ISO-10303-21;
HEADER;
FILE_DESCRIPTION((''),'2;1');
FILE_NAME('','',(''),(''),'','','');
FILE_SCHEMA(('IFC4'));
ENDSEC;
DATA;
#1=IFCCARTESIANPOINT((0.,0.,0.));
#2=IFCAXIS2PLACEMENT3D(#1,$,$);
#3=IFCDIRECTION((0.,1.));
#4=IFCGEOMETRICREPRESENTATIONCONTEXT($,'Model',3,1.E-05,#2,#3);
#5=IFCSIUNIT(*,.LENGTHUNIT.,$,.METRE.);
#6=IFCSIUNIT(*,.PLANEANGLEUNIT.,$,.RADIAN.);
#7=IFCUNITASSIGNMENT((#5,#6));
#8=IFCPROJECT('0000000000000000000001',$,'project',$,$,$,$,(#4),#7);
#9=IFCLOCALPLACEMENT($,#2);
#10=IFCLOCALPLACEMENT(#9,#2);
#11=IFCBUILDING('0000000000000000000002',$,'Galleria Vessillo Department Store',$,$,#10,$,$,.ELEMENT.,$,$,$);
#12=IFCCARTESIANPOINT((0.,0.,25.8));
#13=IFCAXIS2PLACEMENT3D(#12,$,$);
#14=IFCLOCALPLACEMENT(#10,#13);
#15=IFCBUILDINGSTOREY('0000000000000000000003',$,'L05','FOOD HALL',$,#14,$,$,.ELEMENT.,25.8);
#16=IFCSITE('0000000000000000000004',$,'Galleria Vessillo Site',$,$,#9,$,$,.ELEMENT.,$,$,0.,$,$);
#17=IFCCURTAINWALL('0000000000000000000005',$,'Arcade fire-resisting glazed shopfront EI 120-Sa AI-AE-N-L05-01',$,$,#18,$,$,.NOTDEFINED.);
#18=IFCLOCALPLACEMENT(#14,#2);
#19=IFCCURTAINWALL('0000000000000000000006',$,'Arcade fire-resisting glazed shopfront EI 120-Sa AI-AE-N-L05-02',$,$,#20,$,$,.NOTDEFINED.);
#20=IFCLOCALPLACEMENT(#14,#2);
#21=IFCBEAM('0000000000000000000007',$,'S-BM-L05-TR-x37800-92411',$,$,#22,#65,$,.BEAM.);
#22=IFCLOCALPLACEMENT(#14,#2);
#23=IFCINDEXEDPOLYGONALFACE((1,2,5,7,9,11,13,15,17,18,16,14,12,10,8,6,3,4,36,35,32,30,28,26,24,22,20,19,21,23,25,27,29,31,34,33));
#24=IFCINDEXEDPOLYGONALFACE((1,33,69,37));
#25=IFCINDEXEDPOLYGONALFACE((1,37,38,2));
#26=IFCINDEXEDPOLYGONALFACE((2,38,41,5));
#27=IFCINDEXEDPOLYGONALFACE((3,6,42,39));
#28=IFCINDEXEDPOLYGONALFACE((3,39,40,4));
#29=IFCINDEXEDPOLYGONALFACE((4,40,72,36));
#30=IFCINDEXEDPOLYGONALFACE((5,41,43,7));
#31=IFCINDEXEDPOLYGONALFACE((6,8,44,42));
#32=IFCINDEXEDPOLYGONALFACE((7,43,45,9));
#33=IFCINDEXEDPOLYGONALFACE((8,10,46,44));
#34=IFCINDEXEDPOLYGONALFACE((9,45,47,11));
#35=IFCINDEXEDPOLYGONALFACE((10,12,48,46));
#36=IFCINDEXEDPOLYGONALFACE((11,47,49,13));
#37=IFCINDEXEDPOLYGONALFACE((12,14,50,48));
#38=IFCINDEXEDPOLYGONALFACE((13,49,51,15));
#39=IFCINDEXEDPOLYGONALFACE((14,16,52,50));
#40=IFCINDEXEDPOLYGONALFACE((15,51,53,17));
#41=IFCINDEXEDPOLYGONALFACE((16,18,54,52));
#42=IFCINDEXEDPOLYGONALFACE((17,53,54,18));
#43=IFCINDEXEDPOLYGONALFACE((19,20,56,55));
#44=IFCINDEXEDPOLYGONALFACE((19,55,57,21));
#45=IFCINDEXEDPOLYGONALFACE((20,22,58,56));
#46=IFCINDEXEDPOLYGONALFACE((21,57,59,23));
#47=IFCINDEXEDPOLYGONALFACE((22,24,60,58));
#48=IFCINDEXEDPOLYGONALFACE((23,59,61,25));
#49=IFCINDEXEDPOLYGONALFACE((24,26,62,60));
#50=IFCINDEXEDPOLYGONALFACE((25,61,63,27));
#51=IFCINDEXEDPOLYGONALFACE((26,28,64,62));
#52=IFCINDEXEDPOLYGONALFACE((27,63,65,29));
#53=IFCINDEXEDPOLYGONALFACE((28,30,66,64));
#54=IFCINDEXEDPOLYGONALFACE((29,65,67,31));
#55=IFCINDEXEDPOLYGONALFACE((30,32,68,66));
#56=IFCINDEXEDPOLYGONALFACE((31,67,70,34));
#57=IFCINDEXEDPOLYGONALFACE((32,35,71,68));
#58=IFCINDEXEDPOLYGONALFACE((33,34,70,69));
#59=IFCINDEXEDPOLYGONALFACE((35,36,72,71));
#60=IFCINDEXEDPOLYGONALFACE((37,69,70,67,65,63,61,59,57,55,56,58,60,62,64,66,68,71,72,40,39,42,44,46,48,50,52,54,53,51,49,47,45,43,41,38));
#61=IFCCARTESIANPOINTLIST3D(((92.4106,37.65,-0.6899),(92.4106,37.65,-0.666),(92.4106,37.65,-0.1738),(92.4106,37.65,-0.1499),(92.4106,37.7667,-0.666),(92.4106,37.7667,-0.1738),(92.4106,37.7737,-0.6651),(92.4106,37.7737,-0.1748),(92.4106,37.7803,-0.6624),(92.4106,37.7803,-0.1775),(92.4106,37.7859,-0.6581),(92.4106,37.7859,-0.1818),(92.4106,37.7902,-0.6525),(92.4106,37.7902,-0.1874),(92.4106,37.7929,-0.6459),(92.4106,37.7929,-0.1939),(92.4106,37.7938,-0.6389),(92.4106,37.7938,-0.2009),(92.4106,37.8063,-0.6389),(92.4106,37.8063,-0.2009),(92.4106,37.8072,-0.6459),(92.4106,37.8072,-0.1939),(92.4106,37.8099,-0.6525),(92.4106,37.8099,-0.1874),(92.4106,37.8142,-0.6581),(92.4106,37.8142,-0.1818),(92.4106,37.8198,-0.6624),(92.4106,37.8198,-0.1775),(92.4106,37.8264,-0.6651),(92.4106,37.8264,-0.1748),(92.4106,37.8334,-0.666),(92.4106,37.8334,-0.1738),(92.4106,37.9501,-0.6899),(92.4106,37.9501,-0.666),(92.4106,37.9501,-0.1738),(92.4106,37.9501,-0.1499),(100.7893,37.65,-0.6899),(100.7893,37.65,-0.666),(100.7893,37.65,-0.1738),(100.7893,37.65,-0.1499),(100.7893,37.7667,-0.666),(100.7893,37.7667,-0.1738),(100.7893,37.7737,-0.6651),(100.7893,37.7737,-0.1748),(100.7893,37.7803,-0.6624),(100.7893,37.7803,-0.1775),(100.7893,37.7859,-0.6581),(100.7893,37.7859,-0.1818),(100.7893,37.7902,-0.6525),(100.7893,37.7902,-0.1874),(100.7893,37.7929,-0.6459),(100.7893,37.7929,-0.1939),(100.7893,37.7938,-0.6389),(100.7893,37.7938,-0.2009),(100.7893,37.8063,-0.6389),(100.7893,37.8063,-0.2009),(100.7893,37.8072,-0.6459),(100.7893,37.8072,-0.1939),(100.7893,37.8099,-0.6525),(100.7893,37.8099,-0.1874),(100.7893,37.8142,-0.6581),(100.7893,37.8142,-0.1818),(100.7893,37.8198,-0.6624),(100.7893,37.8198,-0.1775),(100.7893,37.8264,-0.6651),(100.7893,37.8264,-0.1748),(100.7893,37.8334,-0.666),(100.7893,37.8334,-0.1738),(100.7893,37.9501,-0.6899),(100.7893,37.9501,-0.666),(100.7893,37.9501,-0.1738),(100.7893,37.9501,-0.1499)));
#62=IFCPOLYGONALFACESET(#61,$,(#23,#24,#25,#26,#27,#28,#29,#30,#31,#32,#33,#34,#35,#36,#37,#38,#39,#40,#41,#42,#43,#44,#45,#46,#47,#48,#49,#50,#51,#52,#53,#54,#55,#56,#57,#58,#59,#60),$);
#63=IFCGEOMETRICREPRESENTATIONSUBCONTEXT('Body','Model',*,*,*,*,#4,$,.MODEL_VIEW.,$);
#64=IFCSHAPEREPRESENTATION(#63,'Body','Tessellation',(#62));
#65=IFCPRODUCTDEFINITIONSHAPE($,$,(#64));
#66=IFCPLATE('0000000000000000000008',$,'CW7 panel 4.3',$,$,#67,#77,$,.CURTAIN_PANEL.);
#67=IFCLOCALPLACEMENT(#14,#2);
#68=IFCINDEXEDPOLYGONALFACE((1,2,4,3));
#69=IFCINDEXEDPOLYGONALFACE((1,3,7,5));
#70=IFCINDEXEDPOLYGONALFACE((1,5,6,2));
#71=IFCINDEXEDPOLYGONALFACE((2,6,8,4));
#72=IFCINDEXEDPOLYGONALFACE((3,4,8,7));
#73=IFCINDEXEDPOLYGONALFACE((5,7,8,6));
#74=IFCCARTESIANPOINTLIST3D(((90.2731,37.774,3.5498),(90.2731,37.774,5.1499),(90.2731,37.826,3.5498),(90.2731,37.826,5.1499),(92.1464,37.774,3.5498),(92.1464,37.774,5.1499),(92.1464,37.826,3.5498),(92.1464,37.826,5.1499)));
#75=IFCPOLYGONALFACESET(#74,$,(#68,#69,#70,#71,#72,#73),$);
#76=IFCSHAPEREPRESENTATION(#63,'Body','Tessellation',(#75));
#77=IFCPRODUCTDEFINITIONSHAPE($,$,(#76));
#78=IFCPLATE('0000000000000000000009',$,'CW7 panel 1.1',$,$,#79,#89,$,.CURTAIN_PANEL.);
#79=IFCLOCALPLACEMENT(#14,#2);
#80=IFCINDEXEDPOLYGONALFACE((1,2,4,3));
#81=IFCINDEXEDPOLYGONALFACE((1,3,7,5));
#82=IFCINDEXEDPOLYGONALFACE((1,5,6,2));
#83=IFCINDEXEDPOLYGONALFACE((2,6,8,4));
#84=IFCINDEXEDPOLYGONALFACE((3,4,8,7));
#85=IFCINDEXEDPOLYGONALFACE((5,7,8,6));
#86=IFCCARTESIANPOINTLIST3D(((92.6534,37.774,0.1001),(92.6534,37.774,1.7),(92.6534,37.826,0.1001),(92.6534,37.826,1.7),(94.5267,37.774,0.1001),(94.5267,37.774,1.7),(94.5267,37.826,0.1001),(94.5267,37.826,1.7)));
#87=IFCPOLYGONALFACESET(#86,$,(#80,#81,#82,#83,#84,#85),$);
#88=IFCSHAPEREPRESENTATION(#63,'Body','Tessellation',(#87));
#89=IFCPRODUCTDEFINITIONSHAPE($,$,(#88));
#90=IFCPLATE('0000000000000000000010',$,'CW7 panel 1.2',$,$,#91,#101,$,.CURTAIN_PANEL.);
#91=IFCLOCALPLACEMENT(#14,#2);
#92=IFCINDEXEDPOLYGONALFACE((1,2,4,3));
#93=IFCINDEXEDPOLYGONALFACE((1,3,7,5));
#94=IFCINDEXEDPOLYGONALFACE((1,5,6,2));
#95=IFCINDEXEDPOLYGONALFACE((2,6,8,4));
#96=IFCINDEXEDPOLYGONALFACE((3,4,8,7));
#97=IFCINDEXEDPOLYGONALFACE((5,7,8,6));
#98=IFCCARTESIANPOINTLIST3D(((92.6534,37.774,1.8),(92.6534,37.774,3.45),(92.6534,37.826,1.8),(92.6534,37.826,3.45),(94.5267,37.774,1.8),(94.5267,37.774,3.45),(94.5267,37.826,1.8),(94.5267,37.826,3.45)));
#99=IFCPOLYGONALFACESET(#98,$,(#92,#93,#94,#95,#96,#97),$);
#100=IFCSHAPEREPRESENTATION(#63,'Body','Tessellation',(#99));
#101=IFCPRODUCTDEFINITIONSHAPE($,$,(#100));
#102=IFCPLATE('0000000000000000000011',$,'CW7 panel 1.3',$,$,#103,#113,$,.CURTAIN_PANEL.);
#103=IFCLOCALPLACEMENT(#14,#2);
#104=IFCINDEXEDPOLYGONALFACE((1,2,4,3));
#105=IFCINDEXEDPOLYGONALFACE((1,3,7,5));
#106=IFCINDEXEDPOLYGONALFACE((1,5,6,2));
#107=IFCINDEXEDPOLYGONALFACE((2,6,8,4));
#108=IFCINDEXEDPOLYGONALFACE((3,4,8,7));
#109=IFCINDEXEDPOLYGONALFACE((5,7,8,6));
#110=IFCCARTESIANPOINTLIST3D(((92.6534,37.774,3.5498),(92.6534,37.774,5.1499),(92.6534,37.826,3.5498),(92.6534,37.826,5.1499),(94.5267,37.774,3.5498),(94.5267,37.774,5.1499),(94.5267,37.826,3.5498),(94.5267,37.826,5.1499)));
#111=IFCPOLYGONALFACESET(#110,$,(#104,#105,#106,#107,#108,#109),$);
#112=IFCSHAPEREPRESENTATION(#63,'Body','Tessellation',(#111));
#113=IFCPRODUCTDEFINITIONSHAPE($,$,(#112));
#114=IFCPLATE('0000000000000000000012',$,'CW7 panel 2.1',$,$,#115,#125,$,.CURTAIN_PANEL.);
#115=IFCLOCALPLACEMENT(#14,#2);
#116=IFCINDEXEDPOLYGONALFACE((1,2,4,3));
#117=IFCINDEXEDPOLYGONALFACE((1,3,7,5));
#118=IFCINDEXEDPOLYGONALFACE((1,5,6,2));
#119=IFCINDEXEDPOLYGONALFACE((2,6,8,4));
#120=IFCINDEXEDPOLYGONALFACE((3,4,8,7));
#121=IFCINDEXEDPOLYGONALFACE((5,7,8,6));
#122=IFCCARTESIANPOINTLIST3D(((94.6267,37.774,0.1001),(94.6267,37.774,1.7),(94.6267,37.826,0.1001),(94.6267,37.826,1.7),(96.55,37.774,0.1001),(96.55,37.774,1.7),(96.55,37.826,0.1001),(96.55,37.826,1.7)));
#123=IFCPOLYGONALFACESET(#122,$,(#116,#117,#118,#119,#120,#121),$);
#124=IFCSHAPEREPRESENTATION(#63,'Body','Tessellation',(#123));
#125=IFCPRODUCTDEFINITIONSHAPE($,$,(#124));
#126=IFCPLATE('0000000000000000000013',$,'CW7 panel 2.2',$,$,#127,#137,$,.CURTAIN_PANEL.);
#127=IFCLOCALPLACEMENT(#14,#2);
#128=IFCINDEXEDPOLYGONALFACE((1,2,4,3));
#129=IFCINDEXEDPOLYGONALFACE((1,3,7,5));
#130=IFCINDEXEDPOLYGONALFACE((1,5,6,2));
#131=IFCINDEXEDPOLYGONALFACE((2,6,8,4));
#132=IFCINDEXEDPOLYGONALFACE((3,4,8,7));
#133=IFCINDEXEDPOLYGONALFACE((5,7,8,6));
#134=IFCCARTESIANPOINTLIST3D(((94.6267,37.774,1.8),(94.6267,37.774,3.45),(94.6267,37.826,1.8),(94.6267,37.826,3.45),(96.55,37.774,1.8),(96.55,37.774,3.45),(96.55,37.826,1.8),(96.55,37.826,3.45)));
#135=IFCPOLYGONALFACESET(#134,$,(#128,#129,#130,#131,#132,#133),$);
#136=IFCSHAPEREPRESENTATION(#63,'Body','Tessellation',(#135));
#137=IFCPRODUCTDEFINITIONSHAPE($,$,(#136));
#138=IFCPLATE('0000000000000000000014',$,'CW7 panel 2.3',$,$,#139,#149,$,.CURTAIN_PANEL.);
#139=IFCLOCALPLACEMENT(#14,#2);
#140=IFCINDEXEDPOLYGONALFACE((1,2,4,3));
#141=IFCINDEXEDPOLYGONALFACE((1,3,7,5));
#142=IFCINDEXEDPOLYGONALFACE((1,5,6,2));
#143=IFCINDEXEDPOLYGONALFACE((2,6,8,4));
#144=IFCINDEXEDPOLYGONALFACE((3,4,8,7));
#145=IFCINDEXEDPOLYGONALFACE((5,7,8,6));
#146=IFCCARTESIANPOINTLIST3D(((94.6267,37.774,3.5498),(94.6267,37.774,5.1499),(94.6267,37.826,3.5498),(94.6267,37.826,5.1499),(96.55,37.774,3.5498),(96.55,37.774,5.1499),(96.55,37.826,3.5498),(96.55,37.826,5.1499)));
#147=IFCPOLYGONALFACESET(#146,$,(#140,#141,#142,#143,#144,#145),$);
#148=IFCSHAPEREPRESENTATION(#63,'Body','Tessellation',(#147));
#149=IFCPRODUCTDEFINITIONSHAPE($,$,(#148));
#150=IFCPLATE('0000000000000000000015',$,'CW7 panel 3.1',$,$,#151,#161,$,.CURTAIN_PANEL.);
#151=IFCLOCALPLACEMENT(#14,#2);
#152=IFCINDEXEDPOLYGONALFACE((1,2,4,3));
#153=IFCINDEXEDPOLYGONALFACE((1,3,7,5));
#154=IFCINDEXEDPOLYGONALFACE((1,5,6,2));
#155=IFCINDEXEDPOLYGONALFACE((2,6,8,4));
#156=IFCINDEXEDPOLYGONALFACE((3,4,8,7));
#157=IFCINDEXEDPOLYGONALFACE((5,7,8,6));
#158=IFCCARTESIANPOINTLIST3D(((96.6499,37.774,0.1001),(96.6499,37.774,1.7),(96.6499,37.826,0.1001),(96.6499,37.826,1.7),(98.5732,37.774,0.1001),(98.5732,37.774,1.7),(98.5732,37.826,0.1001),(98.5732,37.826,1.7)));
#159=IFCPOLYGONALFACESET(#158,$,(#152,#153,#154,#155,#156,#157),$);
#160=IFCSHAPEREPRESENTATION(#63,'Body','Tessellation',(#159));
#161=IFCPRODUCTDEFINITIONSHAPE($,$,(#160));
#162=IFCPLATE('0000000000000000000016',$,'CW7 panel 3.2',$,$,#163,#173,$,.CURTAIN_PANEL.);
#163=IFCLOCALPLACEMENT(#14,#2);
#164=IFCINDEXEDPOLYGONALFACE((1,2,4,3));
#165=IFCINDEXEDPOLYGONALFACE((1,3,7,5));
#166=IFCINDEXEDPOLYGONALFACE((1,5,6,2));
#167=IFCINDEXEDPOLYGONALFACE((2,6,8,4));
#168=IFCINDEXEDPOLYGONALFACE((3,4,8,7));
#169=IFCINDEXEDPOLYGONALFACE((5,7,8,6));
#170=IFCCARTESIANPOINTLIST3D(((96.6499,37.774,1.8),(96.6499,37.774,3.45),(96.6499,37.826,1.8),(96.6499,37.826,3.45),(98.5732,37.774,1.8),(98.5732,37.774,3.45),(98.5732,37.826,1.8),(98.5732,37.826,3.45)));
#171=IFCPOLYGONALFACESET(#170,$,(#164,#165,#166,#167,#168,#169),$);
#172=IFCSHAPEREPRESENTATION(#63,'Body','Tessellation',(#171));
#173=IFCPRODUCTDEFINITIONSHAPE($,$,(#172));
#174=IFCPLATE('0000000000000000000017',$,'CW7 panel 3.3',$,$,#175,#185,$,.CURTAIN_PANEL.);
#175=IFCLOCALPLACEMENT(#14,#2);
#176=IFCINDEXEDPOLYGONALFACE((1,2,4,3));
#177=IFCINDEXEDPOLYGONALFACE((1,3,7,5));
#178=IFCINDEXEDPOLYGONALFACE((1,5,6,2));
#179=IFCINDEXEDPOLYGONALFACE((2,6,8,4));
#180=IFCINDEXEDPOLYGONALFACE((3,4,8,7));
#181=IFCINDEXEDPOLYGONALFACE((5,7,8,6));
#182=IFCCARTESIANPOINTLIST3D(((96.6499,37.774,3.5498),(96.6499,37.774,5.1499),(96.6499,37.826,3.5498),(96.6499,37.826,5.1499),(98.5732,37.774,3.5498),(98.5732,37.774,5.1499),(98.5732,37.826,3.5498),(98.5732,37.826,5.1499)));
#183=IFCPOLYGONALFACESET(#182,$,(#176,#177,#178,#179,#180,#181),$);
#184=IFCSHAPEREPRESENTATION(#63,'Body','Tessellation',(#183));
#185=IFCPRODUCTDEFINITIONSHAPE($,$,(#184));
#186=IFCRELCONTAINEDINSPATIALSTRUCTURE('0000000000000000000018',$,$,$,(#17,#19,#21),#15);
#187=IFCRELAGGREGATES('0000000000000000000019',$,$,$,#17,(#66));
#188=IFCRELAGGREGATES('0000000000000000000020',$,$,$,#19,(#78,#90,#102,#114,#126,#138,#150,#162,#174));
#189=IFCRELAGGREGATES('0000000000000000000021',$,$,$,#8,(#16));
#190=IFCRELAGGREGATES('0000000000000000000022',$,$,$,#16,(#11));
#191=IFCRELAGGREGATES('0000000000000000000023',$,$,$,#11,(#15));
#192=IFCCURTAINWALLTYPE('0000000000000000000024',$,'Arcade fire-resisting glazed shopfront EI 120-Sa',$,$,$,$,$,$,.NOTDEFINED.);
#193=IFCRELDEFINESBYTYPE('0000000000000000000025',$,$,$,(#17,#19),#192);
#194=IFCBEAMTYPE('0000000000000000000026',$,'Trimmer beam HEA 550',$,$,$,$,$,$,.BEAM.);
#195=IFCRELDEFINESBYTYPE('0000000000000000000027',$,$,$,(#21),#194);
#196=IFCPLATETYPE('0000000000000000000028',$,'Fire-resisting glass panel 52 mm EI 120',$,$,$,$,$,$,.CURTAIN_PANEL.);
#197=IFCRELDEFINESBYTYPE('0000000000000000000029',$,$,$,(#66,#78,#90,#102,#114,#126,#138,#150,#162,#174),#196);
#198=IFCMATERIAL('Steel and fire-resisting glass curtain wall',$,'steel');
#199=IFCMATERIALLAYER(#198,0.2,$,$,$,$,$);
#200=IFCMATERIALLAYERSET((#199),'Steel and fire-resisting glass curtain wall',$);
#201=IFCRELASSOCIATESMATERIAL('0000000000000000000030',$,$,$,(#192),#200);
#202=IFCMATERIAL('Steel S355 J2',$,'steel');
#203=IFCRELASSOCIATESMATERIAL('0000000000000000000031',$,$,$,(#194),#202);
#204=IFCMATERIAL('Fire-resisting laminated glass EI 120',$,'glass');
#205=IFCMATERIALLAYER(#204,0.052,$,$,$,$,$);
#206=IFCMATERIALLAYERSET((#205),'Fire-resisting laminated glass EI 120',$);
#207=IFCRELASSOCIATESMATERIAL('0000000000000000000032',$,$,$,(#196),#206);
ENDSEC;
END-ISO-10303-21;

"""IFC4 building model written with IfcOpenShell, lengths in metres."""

from ifc_helpers import new_model, si_unit, direction, frame, origin, origin_2d, place, context, subcontext, project, spatial, rectangle, i_section, extrude, material, layer, layer_set, material_profile, profile_set, type_object, element, aggregate, save


model = new_model("IFC4")

# Units and contexts
model_context = context("Model", 3, precision=1e-05, world=origin(), true_north=direction((0.0, 1.0)))
body_context = subcontext(model_context, "Body", "Model", "MODEL_VIEW")
ifc_project = project(units=[si_unit("LENGTHUNIT", "METRE"), si_unit("PLANEANGLEUNIT", "RADIAN")], contexts=[model_context])

# Site, building, storey
site_placement = place(None, origin())
site = spatial("IfcSite", under=ifc_project, at=site_placement, Name="Galleria Vessillo Site", CompositionType="ELEMENT", RefElevation=0.0)
building_placement = place(site_placement, origin())
building = spatial("IfcBuilding", under=site, at=building_placement, Name="Galleria Vessillo Department Store", CompositionType="ELEMENT")
storey_placement = place(building_placement, frame((0.0, 0.0, 25.8)))
storey = spatial("IfcBuildingStorey", under=building, at=storey_placement, Name="L05", Description="FOOD HALL", CompositionType="ELEMENT", Elevation=25.8)

# Curtain wall
ifc_material_1 = material(Name="Steel and fire-resisting glass curtain wall", Category="steel")
ifc_layer_1 = layer(ifc_material_1, 0.2)
ifc_layer_set_1 = layer_set([ifc_layer_1], Name="Steel and fire-resisting glass curtain wall")
curtain_wall_type = type_object("IfcCurtainWallType", Name="Arcade fire-resisting glazed shopfront EI 120-Sa", PredefinedType="NOTDEFINED", material=ifc_layer_set_1)
curtain_wall_1_placement = place(storey_placement, origin())
curtain_wall_1 = element("IfcCurtainWall", 1, at=curtain_wall_1_placement, inside=storey, type_object=curtain_wall_type, Name="Arcade fire-resisting glazed shopfront EI 120-Sa AI-AE-N-L05-01", PredefinedType="NOTDEFINED")

# Curtain wall
curtain_wall_2_placement = place(storey_placement, origin())
curtain_wall_2 = element("IfcCurtainWall", 2, at=curtain_wall_2_placement, inside=storey, type_object=curtain_wall_type, Name="Arcade fire-resisting glazed shopfront EI 120-Sa AI-AE-N-L05-02", PredefinedType="NOTDEFINED")

# Beam
ifc_material_2 = material(Name="Steel S355 J2", Category="steel")
ifc_material_profile_1 = material_profile(ifc_material_2, i_section(OverallWidth=0.3, OverallDepth=0.54, WebThickness=0.0125, FlangeThickness=0.0239, FilletRadius=0.0271, at=origin_2d()), Name="HEA 550")
ifc_profile_set_1 = profile_set([ifc_material_profile_1], Name="Steel S355 J2")
beam_type_1 = type_object("IfcBeamType", Name="Trimmer beam HEA 550", PredefinedType="BEAM", material=ifc_profile_set_1)
beam_1_placement = place(storey_placement, frame((92.4106, 37.8, -0.4199), z_axis=(1.0, 0.0, 0.0), x_axis=(0.0, 1.0, 0.0)))
element("IfcBeam", 3, at=beam_1_placement, inside=storey, type_object=beam_type_1, Name="S-BM-L05-TR-x37800-92411", PredefinedType="BEAM", context=body_context, shape_type="SweptSolid", body=[
    extrude(i_section(OverallWidth=0.3, OverallDepth=0.54, WebThickness=0.0125, FlangeThickness=0.0239, FilletRadius=0.0271, at=origin_2d()), origin(), (0.0, 0.0, 1.0), 8.3787),
])

# Plates
ifc_material_3 = material(Name="Fire-resisting laminated glass EI 120", Category="glass")
ifc_layer_2 = layer(ifc_material_3, 0.052)
ifc_layer_set_2 = layer_set([ifc_layer_2], Name="Fire-resisting laminated glass EI 120")
plate_type = type_object("IfcPlateType", Name="Fire-resisting glass panel 52 mm EI 120", PredefinedType="CURTAIN_PANEL", material=ifc_layer_set_2)
plate_1_placement = place(storey_placement, frame((91.2097, 37.8, 3.5498), z_axis=(0.0, 0.0, 1.0), x_axis=(1.0, 0.0, 0.0)))
plate_1 = element("IfcPlate", 4, at=plate_1_placement, type_object=plate_type, Name="CW7 panel 4.3", PredefinedType="CURTAIN_PANEL", context=body_context, shape_type="SweptSolid", body=[
    extrude(rectangle(XDim=1.8733, YDim=0.052, at=origin_2d()), origin(), (0.0, 0.0, 1.0), 1.6001),
])
aggregate(curtain_wall_1, [plate_1])
plate_2_placement = place(storey_placement, frame((93.5901, 37.8, 0.1001), z_axis=(0.0, 0.0, 1.0), x_axis=(1.0, 0.0, 0.0)))
plate_2 = element("IfcPlate", 5, at=plate_2_placement, type_object=plate_type, Name="CW7 panel 1.1", PredefinedType="CURTAIN_PANEL", context=body_context, shape_type="SweptSolid", body=[
    extrude(rectangle(XDim=1.8733, YDim=0.052, at=origin_2d()), origin(), (0.0, 0.0, 1.0), 1.5999),
])
plate_3_placement = place(storey_placement, frame((93.5901, 37.8, 1.8), z_axis=(0.0, 0.0, 1.0), x_axis=(1.0, 0.0, 0.0)))
plate_3 = element("IfcPlate", 6, at=plate_3_placement, type_object=plate_type, Name="CW7 panel 1.2", PredefinedType="CURTAIN_PANEL", context=body_context, shape_type="SweptSolid", body=[
    extrude(rectangle(XDim=1.8733, YDim=0.052, at=origin_2d()), origin(), (0.0, 0.0, 1.0), 1.6499),
])
plate_4_placement = place(storey_placement, frame((93.5901, 37.8, 3.5498), z_axis=(0.0, 0.0, 1.0), x_axis=(1.0, 0.0, 0.0)))
plate_4 = element("IfcPlate", 7, at=plate_4_placement, type_object=plate_type, Name="CW7 panel 1.3", PredefinedType="CURTAIN_PANEL", context=body_context, shape_type="SweptSolid", body=[
    extrude(rectangle(XDim=1.8733, YDim=0.052, at=origin_2d()), origin(), (0.0, 0.0, 1.0), 1.6001),
])
plate_5_placement = place(storey_placement, frame((95.5884, 37.8, 0.1001), z_axis=(0.0, 0.0, 1.0), x_axis=(1.0, 0.0, 0.0)))
plate_5 = element("IfcPlate", 8, at=plate_5_placement, type_object=plate_type, Name="CW7 panel 2.1", PredefinedType="CURTAIN_PANEL", context=body_context, shape_type="SweptSolid", body=[
    extrude(rectangle(XDim=1.9233, YDim=0.052, at=origin_2d()), origin(), (0.0, 0.0, 1.0), 1.5999),
])
plate_6_placement = place(storey_placement, frame((95.5884, 37.8, 1.8), z_axis=(0.0, 0.0, 1.0), x_axis=(1.0, 0.0, 0.0)))
plate_6 = element("IfcPlate", 9, at=plate_6_placement, type_object=plate_type, Name="CW7 panel 2.2", PredefinedType="CURTAIN_PANEL", context=body_context, shape_type="SweptSolid", body=[
    extrude(rectangle(XDim=1.9233, YDim=0.052, at=origin_2d()), origin(), (0.0, 0.0, 1.0), 1.6499),
])
plate_7_placement = place(storey_placement, frame((95.5884, 37.8, 3.5498), z_axis=(0.0, 0.0, 1.0), x_axis=(1.0, 0.0, 0.0)))
plate_7 = element("IfcPlate", 10, at=plate_7_placement, type_object=plate_type, Name="CW7 panel 2.3", PredefinedType="CURTAIN_PANEL", context=body_context, shape_type="SweptSolid", body=[
    extrude(rectangle(XDim=1.9233, YDim=0.052, at=origin_2d()), origin(), (0.0, 0.0, 1.0), 1.6001),
])
plate_8_placement = place(storey_placement, frame((97.6116, 37.8, 0.1001), z_axis=(0.0, 0.0, 1.0), x_axis=(1.0, 0.0, 0.0)))
plate_8 = element("IfcPlate", 11, at=plate_8_placement, type_object=plate_type, Name="CW7 panel 3.1", PredefinedType="CURTAIN_PANEL", context=body_context, shape_type="SweptSolid", body=[
    extrude(rectangle(XDim=1.9233, YDim=0.052, at=origin_2d()), origin(), (0.0, 0.0, 1.0), 1.5999),
])
plate_9_placement = place(storey_placement, frame((97.6116, 37.8, 1.8), z_axis=(0.0, 0.0, 1.0), x_axis=(1.0, 0.0, 0.0)))
plate_9 = element("IfcPlate", 12, at=plate_9_placement, type_object=plate_type, Name="CW7 panel 3.2", PredefinedType="CURTAIN_PANEL", context=body_context, shape_type="SweptSolid", body=[
    extrude(rectangle(XDim=1.9233, YDim=0.052, at=origin_2d()), origin(), (0.0, 0.0, 1.0), 1.6499),
])
plate_10_placement = place(storey_placement, frame((97.6116, 37.8, 3.5498), z_axis=(0.0, 0.0, 1.0), x_axis=(1.0, 0.0, 0.0)))
plate_10 = element("IfcPlate", 13, at=plate_10_placement, type_object=plate_type, Name="CW7 panel 3.3", PredefinedType="CURTAIN_PANEL", context=body_context, shape_type="SweptSolid", body=[
    extrude(rectangle(XDim=1.9233, YDim=0.052, at=origin_2d()), origin(), (0.0, 0.0, 1.0), 1.6001),
])
aggregate(curtain_wall_2, [plate_2, plate_3, plate_4, plate_5, plate_6, plate_7, plate_8, plate_9, plate_10])

save(model, "model.ifc")
